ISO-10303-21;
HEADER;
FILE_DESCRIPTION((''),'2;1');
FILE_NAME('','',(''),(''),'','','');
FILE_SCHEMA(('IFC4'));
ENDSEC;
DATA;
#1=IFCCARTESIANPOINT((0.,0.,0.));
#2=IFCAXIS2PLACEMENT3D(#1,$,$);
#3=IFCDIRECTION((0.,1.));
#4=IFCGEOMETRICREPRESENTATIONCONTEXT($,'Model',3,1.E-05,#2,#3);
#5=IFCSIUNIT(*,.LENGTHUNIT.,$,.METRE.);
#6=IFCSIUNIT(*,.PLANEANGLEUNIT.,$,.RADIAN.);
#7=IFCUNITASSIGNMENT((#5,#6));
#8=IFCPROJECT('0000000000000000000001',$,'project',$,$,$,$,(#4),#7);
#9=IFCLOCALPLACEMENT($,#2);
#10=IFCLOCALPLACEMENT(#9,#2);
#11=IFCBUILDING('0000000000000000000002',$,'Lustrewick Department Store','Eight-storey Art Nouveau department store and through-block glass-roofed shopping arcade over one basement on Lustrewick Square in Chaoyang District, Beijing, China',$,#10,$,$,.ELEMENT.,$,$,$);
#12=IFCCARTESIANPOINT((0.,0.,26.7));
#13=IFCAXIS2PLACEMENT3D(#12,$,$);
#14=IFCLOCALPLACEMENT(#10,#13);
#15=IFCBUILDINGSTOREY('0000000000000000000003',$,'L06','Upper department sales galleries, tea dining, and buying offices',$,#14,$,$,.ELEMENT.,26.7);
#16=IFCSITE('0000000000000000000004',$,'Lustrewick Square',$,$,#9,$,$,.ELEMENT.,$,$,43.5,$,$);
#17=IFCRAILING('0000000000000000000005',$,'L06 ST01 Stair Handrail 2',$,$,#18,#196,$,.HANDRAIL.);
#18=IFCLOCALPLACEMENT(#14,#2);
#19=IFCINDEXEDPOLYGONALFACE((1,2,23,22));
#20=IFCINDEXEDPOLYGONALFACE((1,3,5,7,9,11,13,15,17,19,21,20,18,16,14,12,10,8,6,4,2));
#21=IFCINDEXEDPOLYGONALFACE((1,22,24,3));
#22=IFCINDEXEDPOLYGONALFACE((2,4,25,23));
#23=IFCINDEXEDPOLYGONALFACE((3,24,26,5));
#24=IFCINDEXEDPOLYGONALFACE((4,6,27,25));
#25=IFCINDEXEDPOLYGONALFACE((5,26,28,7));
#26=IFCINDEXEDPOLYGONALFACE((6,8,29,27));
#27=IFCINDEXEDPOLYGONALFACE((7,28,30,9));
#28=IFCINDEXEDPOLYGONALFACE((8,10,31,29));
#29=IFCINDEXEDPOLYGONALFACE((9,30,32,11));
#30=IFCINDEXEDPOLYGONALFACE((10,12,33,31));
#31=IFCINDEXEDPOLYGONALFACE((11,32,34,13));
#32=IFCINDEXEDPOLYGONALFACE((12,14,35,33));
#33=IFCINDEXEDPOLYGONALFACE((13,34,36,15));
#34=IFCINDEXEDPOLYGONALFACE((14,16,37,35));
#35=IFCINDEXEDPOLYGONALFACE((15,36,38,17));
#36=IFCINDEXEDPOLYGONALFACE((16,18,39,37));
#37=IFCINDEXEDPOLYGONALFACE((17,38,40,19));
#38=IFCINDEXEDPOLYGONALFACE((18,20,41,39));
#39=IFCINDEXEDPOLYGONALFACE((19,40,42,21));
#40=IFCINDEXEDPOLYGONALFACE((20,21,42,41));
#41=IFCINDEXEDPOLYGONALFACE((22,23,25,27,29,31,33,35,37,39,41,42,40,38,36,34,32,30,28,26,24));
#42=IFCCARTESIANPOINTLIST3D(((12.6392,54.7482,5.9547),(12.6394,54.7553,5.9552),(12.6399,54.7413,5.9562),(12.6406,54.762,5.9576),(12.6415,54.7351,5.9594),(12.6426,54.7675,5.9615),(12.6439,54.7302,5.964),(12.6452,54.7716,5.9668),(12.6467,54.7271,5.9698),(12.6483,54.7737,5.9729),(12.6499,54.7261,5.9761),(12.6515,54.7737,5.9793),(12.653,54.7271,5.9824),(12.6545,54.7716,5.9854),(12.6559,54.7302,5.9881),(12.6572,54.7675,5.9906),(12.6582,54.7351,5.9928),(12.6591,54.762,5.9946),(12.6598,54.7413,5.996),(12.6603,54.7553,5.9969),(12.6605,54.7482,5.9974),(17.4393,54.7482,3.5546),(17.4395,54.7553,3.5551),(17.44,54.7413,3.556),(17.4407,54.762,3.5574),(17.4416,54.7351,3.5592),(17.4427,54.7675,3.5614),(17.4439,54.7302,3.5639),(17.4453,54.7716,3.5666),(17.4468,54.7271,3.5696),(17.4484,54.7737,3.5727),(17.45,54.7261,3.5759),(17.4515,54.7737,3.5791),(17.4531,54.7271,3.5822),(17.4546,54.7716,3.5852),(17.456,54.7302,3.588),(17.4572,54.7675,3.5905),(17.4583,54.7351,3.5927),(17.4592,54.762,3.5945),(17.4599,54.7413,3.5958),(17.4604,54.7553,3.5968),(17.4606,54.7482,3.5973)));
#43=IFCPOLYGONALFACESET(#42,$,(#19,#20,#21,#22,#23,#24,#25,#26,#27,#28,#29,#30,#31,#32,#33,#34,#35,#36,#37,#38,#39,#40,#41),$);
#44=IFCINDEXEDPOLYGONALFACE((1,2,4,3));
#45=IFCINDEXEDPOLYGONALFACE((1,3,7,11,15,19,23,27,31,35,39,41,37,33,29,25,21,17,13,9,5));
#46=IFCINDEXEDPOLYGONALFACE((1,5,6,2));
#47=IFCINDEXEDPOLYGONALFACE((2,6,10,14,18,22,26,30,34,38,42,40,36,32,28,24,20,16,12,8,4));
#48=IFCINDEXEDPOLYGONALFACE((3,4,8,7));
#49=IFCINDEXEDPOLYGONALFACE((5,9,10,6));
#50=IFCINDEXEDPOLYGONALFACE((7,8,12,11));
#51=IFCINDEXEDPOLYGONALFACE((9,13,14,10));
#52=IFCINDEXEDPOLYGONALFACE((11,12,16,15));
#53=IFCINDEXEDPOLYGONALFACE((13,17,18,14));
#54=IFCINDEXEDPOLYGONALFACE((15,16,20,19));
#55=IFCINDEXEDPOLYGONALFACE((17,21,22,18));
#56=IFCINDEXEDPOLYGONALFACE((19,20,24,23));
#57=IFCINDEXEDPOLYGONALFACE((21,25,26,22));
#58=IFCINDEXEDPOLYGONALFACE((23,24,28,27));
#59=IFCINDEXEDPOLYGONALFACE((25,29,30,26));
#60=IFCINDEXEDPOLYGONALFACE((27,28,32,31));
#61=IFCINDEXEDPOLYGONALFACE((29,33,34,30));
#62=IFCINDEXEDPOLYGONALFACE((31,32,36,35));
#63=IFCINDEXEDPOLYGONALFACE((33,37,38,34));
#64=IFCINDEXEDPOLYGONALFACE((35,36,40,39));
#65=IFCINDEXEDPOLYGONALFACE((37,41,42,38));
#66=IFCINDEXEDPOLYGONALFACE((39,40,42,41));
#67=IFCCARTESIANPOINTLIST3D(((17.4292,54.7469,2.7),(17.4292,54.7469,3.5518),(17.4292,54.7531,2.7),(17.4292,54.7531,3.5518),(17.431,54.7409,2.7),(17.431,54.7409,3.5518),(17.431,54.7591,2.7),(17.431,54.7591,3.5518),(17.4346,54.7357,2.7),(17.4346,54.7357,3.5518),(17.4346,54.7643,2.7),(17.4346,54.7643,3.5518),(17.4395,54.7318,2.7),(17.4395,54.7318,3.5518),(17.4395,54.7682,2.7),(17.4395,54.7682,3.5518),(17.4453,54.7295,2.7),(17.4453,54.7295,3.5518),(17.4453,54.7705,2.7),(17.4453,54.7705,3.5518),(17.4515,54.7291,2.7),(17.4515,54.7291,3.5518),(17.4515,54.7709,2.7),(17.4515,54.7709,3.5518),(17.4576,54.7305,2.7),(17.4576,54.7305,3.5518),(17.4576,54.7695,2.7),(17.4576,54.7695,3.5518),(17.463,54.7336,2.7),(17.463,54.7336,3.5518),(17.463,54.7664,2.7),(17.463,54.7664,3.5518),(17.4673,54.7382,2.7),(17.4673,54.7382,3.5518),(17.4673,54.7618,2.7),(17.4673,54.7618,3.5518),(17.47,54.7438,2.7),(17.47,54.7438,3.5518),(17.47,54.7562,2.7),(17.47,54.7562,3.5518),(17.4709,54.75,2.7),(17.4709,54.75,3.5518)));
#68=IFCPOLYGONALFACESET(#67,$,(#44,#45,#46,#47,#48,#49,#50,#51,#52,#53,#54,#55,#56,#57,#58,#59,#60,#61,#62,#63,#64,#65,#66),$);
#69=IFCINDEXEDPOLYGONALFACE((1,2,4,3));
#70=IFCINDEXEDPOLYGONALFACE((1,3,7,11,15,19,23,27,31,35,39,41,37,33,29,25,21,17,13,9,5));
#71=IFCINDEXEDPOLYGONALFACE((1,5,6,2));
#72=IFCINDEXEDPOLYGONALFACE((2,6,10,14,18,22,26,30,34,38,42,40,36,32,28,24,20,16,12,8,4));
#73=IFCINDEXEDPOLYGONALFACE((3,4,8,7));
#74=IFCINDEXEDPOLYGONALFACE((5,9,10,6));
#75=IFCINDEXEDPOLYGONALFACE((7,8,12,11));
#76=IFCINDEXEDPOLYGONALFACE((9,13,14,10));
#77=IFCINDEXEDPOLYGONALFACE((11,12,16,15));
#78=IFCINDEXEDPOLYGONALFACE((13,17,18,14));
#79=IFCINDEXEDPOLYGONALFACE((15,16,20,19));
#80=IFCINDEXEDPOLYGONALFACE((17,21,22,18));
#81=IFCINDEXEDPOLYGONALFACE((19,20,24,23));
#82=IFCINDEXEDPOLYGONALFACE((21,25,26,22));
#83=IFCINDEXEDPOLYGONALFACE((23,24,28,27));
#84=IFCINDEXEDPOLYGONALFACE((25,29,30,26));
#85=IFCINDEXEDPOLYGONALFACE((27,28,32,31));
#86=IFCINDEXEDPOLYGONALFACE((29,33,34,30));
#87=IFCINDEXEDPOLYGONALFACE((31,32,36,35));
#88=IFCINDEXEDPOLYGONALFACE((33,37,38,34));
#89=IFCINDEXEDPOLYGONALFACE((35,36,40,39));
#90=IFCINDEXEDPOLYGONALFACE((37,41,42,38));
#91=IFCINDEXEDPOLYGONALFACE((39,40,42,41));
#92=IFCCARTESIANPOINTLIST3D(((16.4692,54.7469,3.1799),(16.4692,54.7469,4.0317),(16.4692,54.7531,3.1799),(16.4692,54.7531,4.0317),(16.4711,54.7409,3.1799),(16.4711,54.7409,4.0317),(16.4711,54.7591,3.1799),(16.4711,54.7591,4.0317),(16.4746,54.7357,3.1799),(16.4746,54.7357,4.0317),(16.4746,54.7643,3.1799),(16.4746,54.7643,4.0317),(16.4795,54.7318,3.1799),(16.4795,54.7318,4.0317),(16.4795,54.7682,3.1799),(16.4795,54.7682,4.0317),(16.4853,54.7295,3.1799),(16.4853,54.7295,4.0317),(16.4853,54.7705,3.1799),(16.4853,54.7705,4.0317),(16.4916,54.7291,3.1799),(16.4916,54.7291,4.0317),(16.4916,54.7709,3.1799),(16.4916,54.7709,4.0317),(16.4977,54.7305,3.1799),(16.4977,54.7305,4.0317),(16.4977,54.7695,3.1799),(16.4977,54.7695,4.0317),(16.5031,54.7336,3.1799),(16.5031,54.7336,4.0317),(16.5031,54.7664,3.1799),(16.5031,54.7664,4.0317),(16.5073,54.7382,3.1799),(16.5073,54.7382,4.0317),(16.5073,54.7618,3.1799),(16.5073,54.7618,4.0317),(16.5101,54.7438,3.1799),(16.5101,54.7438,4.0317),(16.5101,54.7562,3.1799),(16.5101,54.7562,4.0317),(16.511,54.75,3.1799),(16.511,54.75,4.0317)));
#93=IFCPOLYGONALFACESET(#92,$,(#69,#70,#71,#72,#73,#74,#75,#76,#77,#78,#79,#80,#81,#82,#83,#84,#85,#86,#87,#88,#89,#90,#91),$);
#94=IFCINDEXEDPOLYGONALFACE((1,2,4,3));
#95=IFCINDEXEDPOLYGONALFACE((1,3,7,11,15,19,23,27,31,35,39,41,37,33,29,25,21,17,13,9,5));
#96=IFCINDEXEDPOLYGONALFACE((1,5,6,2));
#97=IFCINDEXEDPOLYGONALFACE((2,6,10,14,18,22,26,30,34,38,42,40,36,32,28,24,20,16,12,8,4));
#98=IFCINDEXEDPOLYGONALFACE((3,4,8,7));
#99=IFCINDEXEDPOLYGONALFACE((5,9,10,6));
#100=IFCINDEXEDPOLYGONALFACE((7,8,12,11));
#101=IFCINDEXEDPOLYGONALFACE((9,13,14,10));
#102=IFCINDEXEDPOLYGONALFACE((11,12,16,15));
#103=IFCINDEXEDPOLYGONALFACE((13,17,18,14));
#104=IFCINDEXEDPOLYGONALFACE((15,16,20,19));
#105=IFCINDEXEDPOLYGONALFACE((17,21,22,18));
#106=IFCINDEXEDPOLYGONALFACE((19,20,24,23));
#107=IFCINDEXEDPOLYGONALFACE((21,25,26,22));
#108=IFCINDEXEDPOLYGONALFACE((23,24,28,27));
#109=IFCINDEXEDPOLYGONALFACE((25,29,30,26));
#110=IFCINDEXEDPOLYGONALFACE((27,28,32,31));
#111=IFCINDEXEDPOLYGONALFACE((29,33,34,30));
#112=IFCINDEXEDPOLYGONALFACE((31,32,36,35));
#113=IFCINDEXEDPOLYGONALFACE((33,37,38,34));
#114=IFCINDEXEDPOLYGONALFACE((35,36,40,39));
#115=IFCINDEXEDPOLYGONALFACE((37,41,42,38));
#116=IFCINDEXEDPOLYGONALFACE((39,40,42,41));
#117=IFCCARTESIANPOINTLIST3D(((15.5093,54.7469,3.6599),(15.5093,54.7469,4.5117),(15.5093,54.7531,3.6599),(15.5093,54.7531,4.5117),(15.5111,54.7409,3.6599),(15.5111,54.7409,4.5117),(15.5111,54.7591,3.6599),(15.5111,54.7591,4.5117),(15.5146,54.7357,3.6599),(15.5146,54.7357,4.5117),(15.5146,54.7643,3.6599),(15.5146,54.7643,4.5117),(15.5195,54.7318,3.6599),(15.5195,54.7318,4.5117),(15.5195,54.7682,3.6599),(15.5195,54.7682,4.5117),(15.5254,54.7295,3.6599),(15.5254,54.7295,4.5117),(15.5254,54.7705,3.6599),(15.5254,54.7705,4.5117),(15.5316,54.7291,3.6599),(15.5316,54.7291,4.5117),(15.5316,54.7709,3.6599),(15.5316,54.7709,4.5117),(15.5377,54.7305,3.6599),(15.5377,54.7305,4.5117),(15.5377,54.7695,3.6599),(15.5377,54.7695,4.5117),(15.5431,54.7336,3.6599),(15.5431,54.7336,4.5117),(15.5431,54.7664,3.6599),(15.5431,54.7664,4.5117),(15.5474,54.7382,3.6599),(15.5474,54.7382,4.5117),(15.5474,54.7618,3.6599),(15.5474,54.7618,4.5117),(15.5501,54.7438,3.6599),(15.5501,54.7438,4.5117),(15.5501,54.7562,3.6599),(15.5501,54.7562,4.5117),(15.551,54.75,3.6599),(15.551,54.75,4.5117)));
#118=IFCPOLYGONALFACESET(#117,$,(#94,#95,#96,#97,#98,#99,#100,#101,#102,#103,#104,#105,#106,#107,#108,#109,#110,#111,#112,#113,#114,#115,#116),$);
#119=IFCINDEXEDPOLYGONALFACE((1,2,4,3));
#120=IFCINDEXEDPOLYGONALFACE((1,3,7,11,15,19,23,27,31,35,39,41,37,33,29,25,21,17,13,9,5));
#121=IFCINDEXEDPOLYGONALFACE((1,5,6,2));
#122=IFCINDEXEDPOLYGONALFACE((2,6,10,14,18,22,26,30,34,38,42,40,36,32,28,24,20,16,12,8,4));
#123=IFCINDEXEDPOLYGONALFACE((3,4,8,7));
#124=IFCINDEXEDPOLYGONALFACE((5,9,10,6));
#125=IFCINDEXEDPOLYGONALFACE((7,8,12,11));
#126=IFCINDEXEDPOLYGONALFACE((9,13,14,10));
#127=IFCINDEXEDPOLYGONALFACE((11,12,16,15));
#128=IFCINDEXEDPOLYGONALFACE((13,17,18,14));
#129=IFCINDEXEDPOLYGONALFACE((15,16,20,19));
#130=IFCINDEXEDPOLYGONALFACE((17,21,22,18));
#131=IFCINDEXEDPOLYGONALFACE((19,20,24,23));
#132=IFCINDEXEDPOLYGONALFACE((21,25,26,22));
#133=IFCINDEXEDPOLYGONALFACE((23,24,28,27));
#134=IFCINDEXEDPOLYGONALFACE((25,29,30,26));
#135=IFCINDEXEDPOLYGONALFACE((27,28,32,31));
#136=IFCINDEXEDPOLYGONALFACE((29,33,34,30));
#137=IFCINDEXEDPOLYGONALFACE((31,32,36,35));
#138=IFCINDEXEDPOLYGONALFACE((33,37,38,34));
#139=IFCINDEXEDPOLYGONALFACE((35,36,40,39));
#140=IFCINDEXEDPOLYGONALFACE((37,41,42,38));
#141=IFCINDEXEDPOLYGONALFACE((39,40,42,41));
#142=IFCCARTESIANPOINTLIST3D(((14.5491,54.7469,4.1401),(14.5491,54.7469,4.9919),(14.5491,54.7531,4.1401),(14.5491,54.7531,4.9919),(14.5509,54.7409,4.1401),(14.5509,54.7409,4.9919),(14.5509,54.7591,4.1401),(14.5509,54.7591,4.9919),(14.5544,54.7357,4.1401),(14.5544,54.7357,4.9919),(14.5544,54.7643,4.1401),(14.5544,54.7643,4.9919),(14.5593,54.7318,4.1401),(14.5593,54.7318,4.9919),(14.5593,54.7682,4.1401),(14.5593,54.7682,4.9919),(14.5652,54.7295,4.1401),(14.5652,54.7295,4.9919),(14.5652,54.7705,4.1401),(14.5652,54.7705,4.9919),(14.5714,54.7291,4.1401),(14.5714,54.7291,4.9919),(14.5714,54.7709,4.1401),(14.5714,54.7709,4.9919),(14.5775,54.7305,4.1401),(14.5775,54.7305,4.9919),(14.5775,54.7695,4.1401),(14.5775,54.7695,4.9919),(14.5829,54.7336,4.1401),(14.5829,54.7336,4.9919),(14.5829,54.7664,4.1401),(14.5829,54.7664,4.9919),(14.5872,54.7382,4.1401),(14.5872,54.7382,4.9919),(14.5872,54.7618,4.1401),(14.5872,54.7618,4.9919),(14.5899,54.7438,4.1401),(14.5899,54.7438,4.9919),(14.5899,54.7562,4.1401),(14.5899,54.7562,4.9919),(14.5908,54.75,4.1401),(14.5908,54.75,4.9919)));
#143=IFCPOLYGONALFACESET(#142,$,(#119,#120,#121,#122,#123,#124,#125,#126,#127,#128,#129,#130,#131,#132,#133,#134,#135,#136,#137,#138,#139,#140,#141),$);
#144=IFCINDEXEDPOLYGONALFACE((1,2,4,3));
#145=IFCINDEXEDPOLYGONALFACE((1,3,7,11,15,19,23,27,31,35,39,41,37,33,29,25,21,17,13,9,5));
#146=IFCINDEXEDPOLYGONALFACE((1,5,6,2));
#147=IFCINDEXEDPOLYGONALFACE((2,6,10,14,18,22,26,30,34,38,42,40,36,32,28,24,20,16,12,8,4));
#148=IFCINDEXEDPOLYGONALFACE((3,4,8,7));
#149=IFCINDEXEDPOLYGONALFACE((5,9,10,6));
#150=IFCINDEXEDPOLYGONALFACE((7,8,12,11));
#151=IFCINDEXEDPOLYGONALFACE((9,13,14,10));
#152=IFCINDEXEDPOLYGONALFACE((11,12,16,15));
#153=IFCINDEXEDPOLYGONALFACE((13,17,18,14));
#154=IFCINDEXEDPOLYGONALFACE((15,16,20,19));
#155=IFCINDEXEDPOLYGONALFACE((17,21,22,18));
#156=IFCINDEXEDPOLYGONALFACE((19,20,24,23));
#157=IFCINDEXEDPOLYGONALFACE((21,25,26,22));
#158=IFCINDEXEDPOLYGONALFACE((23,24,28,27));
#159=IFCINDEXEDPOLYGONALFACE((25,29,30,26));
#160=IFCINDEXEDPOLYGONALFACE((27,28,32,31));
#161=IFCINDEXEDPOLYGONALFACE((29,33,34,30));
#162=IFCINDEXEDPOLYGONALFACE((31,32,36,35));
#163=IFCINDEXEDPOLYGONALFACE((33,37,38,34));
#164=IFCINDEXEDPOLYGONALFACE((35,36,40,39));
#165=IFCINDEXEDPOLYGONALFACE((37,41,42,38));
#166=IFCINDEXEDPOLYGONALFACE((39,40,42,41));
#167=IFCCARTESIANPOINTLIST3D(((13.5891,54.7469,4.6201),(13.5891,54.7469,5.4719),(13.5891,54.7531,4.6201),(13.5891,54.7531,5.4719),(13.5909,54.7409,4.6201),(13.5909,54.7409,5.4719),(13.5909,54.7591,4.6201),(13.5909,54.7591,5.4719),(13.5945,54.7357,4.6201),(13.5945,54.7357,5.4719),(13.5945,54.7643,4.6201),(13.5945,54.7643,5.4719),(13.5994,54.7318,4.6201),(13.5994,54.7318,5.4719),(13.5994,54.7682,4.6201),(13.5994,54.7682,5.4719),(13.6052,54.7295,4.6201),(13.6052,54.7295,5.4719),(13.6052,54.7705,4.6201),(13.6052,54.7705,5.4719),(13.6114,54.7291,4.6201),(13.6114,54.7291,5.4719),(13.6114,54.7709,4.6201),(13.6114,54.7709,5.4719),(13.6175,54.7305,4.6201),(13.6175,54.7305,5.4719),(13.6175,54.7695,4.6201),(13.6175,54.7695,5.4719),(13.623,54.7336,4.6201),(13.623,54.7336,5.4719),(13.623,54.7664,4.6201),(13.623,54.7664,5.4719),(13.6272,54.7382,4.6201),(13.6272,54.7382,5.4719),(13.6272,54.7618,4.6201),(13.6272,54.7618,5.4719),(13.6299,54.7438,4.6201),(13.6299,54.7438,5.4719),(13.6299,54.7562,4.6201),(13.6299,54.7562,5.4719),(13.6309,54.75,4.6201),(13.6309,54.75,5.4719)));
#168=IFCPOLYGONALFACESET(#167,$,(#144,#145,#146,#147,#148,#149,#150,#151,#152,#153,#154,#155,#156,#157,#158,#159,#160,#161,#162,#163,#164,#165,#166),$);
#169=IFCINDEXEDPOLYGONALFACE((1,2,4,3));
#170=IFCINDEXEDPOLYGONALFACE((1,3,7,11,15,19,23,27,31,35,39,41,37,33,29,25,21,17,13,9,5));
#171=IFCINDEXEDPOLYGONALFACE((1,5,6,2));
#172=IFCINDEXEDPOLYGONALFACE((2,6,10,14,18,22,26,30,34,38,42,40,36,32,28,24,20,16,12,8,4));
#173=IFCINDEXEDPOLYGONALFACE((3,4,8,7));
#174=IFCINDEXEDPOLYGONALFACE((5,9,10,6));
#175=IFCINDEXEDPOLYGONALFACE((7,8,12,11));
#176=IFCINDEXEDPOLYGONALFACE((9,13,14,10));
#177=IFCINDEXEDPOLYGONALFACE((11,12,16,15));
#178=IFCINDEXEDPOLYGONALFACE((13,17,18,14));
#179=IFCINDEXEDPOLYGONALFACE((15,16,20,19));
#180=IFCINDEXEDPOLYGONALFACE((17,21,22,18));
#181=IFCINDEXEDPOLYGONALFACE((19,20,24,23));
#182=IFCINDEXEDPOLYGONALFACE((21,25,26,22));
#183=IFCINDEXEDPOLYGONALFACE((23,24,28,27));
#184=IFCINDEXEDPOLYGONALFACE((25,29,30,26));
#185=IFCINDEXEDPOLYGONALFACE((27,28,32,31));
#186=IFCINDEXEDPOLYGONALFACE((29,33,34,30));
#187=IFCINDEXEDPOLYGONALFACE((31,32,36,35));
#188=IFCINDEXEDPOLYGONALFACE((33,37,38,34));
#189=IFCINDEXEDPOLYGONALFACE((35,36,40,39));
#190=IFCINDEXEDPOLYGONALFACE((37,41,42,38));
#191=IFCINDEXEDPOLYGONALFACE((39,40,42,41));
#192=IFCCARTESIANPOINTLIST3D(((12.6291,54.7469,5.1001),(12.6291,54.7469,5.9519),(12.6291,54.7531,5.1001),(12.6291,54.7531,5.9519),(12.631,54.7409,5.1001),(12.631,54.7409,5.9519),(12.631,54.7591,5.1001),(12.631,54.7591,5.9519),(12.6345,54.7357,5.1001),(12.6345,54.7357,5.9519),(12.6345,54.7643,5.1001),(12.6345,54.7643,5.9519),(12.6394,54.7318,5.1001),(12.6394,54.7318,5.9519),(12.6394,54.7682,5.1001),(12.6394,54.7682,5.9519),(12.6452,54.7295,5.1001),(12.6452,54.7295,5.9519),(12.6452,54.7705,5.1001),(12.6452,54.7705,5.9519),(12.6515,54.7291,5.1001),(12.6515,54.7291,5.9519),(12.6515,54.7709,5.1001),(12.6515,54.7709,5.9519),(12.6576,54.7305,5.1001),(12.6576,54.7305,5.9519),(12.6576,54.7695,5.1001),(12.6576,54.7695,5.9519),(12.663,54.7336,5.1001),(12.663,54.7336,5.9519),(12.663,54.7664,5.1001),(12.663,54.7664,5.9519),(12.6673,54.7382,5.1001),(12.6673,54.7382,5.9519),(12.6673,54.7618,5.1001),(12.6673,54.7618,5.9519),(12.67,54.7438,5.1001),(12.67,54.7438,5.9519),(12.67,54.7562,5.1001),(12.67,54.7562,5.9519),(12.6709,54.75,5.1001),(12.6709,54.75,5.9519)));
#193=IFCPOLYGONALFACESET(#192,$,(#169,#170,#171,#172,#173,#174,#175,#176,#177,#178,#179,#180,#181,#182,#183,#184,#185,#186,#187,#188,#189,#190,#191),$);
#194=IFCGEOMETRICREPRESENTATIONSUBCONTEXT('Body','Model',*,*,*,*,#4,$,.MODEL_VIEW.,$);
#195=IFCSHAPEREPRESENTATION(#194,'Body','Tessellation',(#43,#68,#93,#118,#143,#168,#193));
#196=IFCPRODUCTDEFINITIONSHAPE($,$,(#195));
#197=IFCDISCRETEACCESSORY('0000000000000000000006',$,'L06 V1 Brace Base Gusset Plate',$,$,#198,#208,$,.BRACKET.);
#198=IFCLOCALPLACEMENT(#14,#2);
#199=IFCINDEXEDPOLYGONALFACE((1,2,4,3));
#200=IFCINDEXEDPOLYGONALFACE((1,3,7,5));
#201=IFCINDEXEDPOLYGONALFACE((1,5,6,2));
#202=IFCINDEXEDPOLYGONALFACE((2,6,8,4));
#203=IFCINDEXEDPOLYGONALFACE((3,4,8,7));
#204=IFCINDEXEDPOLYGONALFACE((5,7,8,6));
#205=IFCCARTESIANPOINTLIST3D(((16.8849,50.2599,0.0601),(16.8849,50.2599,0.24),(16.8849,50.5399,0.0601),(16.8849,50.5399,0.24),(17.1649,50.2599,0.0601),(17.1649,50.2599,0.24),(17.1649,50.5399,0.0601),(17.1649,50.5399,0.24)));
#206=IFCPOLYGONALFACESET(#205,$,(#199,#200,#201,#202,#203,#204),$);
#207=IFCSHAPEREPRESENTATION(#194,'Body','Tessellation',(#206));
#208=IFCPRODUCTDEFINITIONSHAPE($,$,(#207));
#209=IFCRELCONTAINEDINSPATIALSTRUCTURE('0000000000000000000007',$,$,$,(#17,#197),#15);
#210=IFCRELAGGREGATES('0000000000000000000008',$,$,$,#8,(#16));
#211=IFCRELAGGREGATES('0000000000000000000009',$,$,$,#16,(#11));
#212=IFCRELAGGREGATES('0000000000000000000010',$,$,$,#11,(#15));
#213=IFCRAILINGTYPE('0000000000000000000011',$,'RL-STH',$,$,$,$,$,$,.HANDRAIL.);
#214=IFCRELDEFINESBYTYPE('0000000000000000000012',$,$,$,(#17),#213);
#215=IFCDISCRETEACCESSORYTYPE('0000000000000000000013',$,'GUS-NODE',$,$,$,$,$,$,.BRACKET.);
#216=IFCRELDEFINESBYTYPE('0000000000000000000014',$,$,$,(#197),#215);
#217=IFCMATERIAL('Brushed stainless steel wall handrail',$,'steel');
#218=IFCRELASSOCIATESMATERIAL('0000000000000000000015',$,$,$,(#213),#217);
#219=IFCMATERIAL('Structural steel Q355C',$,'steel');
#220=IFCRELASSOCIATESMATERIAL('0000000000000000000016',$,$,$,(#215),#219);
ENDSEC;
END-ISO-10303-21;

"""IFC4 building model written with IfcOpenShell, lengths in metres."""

from ifc_helpers import new_model, si_unit, direction, frame, origin, origin_2d, place, context, subcontext, project, spatial, rectangle, circle, extrude, material, type_object, element, save


model = new_model("IFC4")

# Units and contexts
model_context = context("Model", 3, precision=1e-05, world=origin(), true_north=direction((0.0, 1.0)))
body_context = subcontext(model_context, "Body", "Model", "MODEL_VIEW")
ifc_project = project(units=[si_unit("LENGTHUNIT", "METRE"), si_unit("PLANEANGLEUNIT", "RADIAN")], contexts=[model_context])

# Site, building, storey
site_placement = place(None, origin())
site = spatial("IfcSite", under=ifc_project, at=site_placement, Name="Lustrewick Square", CompositionType="ELEMENT", RefElevation=43.5)
building_placement = place(site_placement, origin())
building = spatial("IfcBuilding", under=site, at=building_placement, Name="Lustrewick Department Store", Description="Eight-storey Art Nouveau department store and through-block glass-roofed shopping arcade over one basement on Lustrewick Square in Chaoyang District, Beijing, China", CompositionType="ELEMENT")
storey_placement = place(building_placement, frame((0.0, 0.0, 26.7)))
storey = spatial("IfcBuildingStorey", under=building, at=storey_placement, Name="L06", Description="Upper department sales galleries, tea dining, and buying offices", CompositionType="ELEMENT", Elevation=26.7)

# Shared definitions
ifc_material_1 = material(Name="Structural steel Q355C", Category="steel")

# Railing
ifc_material_2 = material(Name="Brushed stainless steel wall handrail", Category="steel")
railing_type_1 = type_object("IfcRailingType", Name="RL-STH", PredefinedType="HANDRAIL", material=ifc_material_2)
railing_1_placement = place(storey_placement, frame((17.45, 54.75, 2.7)))
element("IfcRailing", 1, at=railing_1_placement, inside=storey, type_object=railing_type_1, Name="L06 ST01 Stair Handrail 2", PredefinedType="HANDRAIL", context=body_context, shape_type="SweptSolid", body=[
    extrude(circle(Radius=0.0239, at=origin_2d()), frame((0.0, 0.0, 0.876), z_axis=(-0.894418, 0.0, 0.447232), x_axis=(0.0, -1.0, 0.0)), (0.0, 0.0, 1.0), 5.3667),
    extrude(circle(Radius=0.021, at=origin_2d()), origin(), (0.0, 0.0, 1.0), 0.8518),
    extrude(circle(Radius=0.021, at=origin_2d()), frame((-0.96, 0.0, 0.48)), (0.0, 0.0, 1.0), 0.8518),
    extrude(circle(Radius=0.021, at=origin_2d()), frame((-1.9199, 0.0, 0.96)), (0.0, 0.0, 1.0), 0.8518),
    extrude(circle(Radius=0.021, at=origin_2d()), frame((-2.8801, 0.0, 1.4402)), (0.0, 0.0, 1.0), 0.8518),
    extrude(circle(Radius=0.021, at=origin_2d()), frame((-3.8401, 0.0, 1.9202)), (0.0, 0.0, 1.0), 0.8518),
    extrude(circle(Radius=0.021, at=origin_2d()), frame((-4.8, 0.0, 2.4001)), (0.0, 0.0, 1.0), 0.8518),
])

# Discrete accessory
discrete_accessory_type_1 = type_object("IfcDiscreteAccessoryType", Name="GUS-NODE", PredefinedType="BRACKET", material=ifc_material_1)
for number, where, z_axis, x_axis, name in (
    (2, (17.0249, 50.3999, 0.0601), (0.0, 0.0, 1.0), (1.0, 0.0, 0.0), "L06 V1 Brace Base Gusset Plate"),
):
    element("IfcDiscreteAccessory", number, at=place(storey_placement, frame(where, z_axis=z_axis, x_axis=x_axis)), inside=storey, type_object=discrete_accessory_type_1, Name=name, PredefinedType="BRACKET", context=body_context, shape_type="SweptSolid", body=[
        extrude(rectangle(XDim=0.28, YDim=0.28, at=origin_2d()), origin(), (0.0, 0.0, 1.0), 0.1799),
    ])

save(model, "model.ifc")
